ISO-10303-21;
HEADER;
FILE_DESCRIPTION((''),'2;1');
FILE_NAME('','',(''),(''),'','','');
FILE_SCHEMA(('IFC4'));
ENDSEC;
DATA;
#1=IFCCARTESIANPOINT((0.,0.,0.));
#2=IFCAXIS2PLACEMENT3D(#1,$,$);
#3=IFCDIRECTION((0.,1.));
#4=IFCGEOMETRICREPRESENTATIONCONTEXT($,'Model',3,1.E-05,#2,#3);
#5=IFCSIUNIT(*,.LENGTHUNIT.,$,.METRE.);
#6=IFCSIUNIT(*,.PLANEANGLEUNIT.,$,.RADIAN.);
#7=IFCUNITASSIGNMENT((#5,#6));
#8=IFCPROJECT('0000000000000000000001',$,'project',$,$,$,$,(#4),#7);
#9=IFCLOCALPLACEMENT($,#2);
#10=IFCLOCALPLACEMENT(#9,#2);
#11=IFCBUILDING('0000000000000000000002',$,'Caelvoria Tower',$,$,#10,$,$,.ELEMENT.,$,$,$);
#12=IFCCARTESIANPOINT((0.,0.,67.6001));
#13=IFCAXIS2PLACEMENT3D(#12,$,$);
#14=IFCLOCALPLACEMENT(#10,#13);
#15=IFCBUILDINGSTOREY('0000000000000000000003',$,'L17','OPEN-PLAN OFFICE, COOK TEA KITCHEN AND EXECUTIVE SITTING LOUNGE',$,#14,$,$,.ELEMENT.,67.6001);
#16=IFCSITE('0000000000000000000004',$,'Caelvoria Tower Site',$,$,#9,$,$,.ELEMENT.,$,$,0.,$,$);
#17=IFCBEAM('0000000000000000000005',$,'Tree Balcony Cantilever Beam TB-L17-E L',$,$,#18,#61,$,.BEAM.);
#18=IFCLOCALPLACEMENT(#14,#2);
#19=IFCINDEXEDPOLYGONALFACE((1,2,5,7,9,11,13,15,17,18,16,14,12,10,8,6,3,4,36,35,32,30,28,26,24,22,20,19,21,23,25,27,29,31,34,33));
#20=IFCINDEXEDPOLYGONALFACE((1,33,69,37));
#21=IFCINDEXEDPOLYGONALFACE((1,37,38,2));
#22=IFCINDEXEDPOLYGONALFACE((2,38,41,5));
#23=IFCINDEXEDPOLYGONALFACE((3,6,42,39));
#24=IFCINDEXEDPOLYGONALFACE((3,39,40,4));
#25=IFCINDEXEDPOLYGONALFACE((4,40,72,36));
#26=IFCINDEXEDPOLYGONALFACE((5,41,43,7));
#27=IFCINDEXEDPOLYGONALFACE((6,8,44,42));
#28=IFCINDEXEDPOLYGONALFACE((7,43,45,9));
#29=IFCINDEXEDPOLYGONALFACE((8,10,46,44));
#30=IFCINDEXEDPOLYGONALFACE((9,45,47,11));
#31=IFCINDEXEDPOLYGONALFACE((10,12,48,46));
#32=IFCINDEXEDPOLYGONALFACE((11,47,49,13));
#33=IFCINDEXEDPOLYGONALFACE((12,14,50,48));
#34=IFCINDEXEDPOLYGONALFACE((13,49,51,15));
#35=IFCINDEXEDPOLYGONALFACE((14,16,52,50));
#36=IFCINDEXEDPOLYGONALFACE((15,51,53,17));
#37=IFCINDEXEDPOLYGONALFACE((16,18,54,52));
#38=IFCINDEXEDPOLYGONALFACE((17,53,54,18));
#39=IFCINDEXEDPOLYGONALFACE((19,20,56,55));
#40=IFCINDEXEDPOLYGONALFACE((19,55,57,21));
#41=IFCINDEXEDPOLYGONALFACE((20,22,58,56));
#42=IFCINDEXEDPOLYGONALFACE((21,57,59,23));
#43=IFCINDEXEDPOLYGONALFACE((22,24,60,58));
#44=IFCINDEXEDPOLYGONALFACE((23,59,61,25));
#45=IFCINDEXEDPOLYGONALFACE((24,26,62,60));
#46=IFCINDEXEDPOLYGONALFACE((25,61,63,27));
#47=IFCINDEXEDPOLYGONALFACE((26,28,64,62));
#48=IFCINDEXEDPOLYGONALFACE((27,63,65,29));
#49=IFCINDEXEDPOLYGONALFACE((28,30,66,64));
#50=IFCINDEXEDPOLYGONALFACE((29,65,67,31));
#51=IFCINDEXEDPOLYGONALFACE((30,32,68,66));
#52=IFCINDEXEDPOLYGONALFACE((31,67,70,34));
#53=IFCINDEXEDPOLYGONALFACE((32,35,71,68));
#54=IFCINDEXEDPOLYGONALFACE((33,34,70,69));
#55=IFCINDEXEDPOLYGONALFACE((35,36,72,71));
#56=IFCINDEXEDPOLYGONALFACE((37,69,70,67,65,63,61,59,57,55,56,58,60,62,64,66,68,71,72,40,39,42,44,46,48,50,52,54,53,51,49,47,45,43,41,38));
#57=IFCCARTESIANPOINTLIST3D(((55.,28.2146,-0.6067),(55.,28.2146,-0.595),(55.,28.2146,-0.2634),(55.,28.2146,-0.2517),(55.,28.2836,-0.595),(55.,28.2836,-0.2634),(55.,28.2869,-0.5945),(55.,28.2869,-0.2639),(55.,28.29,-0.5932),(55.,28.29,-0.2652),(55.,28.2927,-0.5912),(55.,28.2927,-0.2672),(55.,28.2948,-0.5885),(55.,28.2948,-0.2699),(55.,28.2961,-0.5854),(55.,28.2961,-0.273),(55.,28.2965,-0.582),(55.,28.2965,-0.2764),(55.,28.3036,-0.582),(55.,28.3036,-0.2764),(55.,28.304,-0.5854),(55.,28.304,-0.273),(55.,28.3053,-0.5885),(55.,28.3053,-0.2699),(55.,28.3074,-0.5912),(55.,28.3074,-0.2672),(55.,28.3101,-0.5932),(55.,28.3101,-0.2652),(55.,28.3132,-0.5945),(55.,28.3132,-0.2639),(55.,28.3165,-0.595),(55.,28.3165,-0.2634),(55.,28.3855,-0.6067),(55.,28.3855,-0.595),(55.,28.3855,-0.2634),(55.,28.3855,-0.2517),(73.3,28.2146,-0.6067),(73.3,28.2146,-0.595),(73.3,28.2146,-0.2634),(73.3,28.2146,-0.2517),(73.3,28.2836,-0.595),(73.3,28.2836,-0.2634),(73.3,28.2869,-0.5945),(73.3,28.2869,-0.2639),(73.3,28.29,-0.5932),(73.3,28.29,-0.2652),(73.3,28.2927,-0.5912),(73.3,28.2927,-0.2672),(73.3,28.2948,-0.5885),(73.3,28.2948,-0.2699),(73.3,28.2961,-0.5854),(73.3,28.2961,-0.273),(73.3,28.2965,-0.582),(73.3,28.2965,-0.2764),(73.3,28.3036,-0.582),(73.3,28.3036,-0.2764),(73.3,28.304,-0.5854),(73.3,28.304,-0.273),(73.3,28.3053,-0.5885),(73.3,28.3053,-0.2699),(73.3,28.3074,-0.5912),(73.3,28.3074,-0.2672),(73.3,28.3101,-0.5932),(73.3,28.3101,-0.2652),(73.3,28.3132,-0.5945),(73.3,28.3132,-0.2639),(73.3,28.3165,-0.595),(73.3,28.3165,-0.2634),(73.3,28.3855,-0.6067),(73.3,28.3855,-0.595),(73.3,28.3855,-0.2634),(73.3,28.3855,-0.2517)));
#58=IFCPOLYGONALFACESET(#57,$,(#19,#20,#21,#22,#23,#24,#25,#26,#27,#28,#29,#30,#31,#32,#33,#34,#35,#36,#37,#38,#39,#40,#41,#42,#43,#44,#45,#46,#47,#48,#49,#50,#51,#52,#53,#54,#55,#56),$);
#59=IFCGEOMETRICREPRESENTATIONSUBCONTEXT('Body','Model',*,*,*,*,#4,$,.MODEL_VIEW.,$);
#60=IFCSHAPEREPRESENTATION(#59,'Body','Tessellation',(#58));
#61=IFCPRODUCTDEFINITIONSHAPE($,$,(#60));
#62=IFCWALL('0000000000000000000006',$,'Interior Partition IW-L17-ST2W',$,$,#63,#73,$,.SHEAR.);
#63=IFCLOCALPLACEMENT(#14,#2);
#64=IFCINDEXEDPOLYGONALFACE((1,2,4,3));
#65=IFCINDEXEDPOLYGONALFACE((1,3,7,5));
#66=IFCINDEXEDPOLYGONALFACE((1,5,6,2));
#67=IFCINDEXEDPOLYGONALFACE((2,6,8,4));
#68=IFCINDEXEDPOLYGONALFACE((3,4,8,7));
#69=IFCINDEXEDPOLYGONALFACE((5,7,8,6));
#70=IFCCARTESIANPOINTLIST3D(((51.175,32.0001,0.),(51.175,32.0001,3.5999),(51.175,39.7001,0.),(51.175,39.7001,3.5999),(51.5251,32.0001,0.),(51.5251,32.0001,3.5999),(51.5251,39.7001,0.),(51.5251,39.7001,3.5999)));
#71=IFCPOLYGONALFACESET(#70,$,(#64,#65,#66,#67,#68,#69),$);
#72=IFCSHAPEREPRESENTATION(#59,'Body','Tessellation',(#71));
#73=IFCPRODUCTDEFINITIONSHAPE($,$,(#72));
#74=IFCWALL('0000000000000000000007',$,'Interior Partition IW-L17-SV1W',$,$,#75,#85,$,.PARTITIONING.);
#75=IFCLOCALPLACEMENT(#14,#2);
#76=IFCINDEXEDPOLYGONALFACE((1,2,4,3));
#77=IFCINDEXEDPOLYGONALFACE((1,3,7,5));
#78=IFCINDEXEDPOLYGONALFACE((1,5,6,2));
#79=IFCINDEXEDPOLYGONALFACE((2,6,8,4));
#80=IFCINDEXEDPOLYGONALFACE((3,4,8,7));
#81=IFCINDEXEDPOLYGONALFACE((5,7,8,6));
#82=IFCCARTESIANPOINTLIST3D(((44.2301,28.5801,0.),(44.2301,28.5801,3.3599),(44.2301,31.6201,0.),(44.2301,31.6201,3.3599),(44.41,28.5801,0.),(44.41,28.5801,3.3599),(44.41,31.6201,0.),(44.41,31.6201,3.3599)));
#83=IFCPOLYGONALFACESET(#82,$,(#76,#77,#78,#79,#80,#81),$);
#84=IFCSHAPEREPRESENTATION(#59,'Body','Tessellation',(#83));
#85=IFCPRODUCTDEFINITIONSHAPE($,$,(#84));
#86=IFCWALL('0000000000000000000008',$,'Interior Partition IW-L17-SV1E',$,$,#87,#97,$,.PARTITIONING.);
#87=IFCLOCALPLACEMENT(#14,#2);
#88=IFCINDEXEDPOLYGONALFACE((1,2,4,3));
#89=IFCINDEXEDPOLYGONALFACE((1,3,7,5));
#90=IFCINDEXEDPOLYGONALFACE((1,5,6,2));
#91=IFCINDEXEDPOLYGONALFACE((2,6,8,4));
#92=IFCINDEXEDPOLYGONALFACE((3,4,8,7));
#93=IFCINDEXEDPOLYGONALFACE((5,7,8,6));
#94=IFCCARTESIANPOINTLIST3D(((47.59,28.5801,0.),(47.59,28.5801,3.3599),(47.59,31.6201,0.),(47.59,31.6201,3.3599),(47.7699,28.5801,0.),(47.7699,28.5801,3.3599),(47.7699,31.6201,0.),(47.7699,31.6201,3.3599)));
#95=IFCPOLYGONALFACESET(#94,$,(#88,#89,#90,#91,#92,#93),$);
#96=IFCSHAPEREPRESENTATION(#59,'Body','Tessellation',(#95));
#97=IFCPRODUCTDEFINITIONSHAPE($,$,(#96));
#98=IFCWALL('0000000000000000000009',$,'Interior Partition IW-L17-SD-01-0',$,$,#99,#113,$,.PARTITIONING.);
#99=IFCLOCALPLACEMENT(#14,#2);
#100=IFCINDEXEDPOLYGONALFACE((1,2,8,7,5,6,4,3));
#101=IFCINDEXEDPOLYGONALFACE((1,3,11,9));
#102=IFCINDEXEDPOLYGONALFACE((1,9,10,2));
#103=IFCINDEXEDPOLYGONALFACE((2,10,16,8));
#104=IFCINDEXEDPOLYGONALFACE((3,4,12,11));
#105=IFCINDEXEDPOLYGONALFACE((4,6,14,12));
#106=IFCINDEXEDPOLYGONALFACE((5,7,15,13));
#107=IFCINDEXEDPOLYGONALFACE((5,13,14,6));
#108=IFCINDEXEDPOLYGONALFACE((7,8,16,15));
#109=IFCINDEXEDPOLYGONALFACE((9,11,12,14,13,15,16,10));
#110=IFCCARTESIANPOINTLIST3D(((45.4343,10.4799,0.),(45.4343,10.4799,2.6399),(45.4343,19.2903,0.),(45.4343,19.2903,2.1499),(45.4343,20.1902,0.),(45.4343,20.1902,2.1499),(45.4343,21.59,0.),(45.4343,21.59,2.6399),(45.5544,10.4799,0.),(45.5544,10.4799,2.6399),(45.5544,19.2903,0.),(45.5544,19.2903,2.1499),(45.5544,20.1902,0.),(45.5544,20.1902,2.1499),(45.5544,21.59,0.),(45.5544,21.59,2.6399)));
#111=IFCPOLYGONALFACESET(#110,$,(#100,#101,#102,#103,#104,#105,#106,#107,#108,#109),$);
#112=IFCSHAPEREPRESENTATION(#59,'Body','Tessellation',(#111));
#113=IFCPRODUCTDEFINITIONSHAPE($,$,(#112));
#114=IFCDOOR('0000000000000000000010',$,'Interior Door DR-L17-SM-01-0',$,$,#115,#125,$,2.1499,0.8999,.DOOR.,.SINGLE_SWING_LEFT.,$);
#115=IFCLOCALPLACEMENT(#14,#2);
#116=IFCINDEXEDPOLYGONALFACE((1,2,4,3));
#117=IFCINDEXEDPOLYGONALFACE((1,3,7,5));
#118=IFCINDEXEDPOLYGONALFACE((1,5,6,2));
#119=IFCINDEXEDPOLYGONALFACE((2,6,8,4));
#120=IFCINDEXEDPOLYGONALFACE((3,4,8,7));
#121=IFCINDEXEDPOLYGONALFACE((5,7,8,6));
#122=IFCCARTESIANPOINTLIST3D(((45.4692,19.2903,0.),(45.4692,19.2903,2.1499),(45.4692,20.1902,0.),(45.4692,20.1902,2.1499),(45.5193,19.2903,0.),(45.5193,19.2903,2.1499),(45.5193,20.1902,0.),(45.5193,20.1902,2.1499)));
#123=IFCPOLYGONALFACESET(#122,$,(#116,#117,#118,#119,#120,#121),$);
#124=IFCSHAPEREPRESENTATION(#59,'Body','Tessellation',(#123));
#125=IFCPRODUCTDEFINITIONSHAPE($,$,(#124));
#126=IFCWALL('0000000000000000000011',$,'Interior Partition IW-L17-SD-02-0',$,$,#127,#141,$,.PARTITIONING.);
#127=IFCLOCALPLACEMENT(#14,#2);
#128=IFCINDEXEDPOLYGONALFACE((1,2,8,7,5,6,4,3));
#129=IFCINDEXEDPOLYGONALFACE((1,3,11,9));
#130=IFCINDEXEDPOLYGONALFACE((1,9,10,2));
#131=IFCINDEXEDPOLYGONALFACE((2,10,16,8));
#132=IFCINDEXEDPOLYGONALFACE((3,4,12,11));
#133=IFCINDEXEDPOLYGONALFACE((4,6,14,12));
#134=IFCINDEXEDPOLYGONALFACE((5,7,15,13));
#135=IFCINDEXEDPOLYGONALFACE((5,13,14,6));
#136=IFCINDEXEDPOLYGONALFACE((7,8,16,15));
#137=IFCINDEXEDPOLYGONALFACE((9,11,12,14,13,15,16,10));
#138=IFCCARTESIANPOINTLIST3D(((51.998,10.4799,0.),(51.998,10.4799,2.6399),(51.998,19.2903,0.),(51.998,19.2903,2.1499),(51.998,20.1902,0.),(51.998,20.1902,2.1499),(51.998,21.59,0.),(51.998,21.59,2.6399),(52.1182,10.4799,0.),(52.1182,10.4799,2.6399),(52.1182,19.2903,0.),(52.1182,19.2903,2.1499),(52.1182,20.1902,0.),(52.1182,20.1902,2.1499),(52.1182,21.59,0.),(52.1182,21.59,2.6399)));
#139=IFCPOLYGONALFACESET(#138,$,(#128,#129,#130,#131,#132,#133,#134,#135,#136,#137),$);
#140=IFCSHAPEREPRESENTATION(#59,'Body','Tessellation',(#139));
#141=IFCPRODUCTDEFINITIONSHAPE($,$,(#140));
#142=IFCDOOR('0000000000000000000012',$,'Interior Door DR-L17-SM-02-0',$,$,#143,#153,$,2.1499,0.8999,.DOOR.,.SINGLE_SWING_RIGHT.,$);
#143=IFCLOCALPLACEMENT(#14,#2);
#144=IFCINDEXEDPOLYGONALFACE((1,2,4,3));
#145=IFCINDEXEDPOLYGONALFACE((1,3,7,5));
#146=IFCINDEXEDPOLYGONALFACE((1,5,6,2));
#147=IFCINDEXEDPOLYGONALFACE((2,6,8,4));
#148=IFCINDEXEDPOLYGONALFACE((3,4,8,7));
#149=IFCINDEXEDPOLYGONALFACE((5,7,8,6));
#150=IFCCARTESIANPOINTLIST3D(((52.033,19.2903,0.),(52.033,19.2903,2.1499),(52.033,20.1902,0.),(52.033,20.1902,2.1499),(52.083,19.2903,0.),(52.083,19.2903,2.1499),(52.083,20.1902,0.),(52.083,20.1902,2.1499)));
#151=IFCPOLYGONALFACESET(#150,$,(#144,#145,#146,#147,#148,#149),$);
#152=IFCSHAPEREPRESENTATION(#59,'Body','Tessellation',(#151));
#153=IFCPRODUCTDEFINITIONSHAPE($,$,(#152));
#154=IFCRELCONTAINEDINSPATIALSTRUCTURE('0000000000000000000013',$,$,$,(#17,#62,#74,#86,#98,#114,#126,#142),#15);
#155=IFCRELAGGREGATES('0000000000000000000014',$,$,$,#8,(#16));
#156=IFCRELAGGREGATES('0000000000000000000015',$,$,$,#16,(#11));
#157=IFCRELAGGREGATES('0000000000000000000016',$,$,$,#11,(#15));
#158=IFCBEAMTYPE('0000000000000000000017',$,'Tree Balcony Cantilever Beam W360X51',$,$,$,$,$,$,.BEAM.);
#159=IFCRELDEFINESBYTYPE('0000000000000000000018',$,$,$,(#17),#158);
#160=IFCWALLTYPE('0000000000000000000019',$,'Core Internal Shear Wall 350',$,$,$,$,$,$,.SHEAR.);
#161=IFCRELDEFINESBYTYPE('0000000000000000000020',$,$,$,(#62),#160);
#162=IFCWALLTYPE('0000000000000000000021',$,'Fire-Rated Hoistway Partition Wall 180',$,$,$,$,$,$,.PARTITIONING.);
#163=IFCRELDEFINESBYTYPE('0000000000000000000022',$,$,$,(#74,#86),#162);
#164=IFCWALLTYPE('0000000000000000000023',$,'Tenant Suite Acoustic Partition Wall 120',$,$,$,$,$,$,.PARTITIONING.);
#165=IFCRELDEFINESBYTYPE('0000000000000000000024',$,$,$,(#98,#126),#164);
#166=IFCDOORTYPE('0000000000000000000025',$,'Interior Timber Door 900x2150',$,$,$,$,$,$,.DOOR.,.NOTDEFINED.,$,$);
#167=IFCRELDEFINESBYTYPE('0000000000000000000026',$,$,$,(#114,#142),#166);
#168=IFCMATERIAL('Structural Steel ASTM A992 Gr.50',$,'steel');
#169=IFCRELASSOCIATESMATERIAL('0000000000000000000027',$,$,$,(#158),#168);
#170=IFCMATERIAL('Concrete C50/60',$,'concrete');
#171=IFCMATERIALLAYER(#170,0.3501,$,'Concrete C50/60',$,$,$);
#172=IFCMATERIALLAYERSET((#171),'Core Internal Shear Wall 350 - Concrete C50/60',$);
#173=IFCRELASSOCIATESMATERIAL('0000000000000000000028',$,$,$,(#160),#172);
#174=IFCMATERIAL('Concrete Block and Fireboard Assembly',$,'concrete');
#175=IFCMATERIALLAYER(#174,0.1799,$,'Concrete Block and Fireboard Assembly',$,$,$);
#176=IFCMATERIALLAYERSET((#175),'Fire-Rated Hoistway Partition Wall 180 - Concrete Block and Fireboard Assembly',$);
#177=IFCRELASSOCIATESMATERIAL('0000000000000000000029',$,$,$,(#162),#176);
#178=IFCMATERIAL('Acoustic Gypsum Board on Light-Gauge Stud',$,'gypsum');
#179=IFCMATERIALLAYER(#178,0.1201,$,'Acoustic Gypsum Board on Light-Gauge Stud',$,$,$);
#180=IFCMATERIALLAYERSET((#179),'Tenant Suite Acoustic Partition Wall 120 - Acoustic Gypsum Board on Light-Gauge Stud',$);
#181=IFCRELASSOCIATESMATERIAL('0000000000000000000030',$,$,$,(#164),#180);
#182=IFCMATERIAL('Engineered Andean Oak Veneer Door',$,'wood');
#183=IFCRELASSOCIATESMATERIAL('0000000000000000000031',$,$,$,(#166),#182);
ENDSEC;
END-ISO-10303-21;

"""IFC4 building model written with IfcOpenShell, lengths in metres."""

from ifc_helpers import new_model, si_unit, direction, frame, frame_2d, origin, origin_2d, place, context, subcontext, project, spatial, rectangle, i_section, extrude, material, layer, layer_set, material_profile, profile_set, type_object, element, fill, save


model = new_model("IFC4")

# Units and contexts
model_context = context("Model", 3, precision=1e-05, world=origin(), true_north=direction((0.0, 1.0)))
body_context = subcontext(model_context, "Body", "Model", "MODEL_VIEW")
ifc_project = project(units=[si_unit("LENGTHUNIT", "METRE"), si_unit("PLANEANGLEUNIT", "RADIAN")], contexts=[model_context])

# Site, building, storey
site_placement = place(None, origin())
site = spatial("IfcSite", under=ifc_project, at=site_placement, Name="Caelvoria Tower Site", CompositionType="ELEMENT", RefElevation=0.0)
building_placement = place(site_placement, origin())
building = spatial("IfcBuilding", under=site, at=building_placement, Name="Caelvoria Tower", CompositionType="ELEMENT")
storey_placement = place(building_placement, frame((0.0, 0.0, 67.6001)))
storey = spatial("IfcBuildingStorey", under=building, at=storey_placement, Name="L17", Description="OPEN-PLAN OFFICE, COOK TEA KITCHEN AND EXECUTIVE SITTING LOUNGE", CompositionType="ELEMENT", Elevation=67.6001)

# Beam
ifc_material_1 = material(Name="Structural Steel ASTM A992 Gr.50", Category="steel")
ifc_material_profile_1 = material_profile(ifc_material_1, i_section(OverallWidth=0.1709, OverallDepth=0.355, WebThickness=0.0071, FlangeThickness=0.0117, FilletRadius=0.0129, at=origin_2d()), Name="Structural Steel ASTM A992 Gr.50")
ifc_profile_set_1 = profile_set([ifc_material_profile_1], Name="W360X51 - Structural Steel ASTM A992 Gr.50")
beam_type_1 = type_object("IfcBeamType", Name="Tree Balcony Cantilever Beam W360X51", PredefinedType="BEAM", material=ifc_profile_set_1)
beam_1_placement = place(storey_placement, frame((55.0, 28.3, -0.4292), z_axis=(1.0, 0.0, 0.0), x_axis=(0.0, 1.0, 0.0)))
element("IfcBeam", 1, at=beam_1_placement, inside=storey, type_object=beam_type_1, Name="Tree Balcony Cantilever Beam TB-L17-E L", PredefinedType="BEAM", context=body_context, shape_type="SweptSolid", body=[
    extrude(i_section(OverallWidth=0.1709, OverallDepth=0.355, WebThickness=0.0071, FlangeThickness=0.0117, FilletRadius=0.0129, at=origin_2d()), origin(), (0.0, 0.0, 1.0), 18.3),
])

# Walls
ifc_material_2 = material(Name="Concrete C50/60", Category="concrete")
ifc_layer_1 = layer(ifc_material_2, 0.3501, Name="Concrete C50/60")
ifc_layer_set_1 = layer_set([ifc_layer_1], Name="Core Internal Shear Wall 350 - Concrete C50/60")
wall_type_1 = type_object("IfcWallType", Name="Core Internal Shear Wall 350", PredefinedType="SHEAR", material=ifc_layer_set_1)
wall_1_placement = place(storey_placement, frame((51.3501, 32.0, 0.0), z_axis=(0.0, 0.0, 1.0), x_axis=(0.0, 1.0, 0.0)))
element("IfcWall", 2, at=wall_1_placement, inside=storey, type_object=wall_type_1, Name="Interior Partition IW-L17-ST2W", PredefinedType="SHEAR", context=body_context, shape_type="SweptSolid", body=[
    extrude(rectangle(XDim=7.7, YDim=0.3501, at=frame_2d((3.8501, 0.0))), origin(), (0.0, 0.0, 1.0), 3.5999),
])
ifc_material_3 = material(Name="Concrete Block and Fireboard Assembly", Category="concrete")
ifc_layer_2 = layer(ifc_material_3, 0.1799, Name="Concrete Block and Fireboard Assembly")
ifc_layer_set_2 = layer_set([ifc_layer_2], Name="Fire-Rated Hoistway Partition Wall 180 - Concrete Block and Fireboard Assembly")
wall_type_2 = type_object("IfcWallType", Name="Fire-Rated Hoistway Partition Wall 180", PredefinedType="PARTITIONING", material=ifc_layer_set_2)
for number, where, z_axis, x_axis, name in (
    (3, (44.3201, 28.5801, 0.0), (0.0, 0.0, 1.0), (0.0, 1.0, 0.0), "Interior Partition IW-L17-SV1W"),
    (4, (47.6799, 28.5801, 0.0), (0.0, 0.0, 1.0), (0.0, 1.0, 0.0), "Interior Partition IW-L17-SV1E"),
):
    element("IfcWall", number, at=place(storey_placement, frame(where, z_axis=z_axis, x_axis=x_axis)), inside=storey, type_object=wall_type_2, Name=name, PredefinedType="PARTITIONING", context=body_context, shape_type="SweptSolid", body=[
        extrude(rectangle(XDim=3.04, YDim=0.1799, at=frame_2d((1.52, 0.0))), origin(), (0.0, 0.0, 1.0), 3.3599),
    ])

# Walls, openings, doors
ifc_material_4 = material(Name="Acoustic Gypsum Board on Light-Gauge Stud", Category="gypsum")
ifc_layer_3 = layer(ifc_material_4, 0.1201, Name="Acoustic Gypsum Board on Light-Gauge Stud")
ifc_layer_set_3 = layer_set([ifc_layer_3], Name="Tenant Suite Acoustic Partition Wall 120 - Acoustic Gypsum Board on Light-Gauge Stud")
wall_type_3 = type_object("IfcWallType", Name="Tenant Suite Acoustic Partition Wall 120", PredefinedType="PARTITIONING", material=ifc_layer_set_3)
wall_2_placement = place(storey_placement, frame((45.4944, 21.5901, 0.0), z_axis=(0.0, 0.0, 1.0), x_axis=(0.0, -1.0, 0.0)))
wall_2 = element("IfcWall", 5, at=wall_2_placement, inside=storey, type_object=wall_type_3, Name="Interior Partition IW-L17-SD-01-0", PredefinedType="PARTITIONING", context=body_context, shape_type="SweptSolid", body=[
    extrude(rectangle(XDim=11.1101, YDim=0.1201, at=frame_2d((5.5552, 0.0))), origin(), (0.0, 0.0, 1.0), 2.6399),
])
opening_1_placement = place(wall_2_placement, frame((1.3999, 0.0, 0.0)))
opening_1 = element("IfcOpeningElement", 6, at=opening_1_placement, cuts=wall_2, PredefinedType="OPENING", context=body_context, shape_type="SweptSolid", body=[
    extrude(rectangle(XDim=0.8999, YDim=2.1499, at=frame_2d((0.45, 1.075))), frame((0.0, 0.0701, 0.0), z_axis=(0.0, -1.0, 0.0), x_axis=(1.0, 0.0, 0.0)), (0.0, 0.0, 1.0), 0.1401),
])
ifc_material_5 = material(Name="Engineered Andean Oak Veneer Door", Category="wood")
door_type_1 = type_object("IfcDoorType", Name="Interior Timber Door 900x2150", OperationType="NOTDEFINED", PredefinedType="DOOR", material=ifc_material_5)
door_1_placement = place(opening_1_placement, origin())
door_1 = element("IfcDoor", 7, at=door_1_placement, inside=storey, type_object=door_type_1, Name="Interior Door DR-L17-SM-01-0", OperationType="SINGLE_SWING_LEFT", OverallHeight=2.1499, OverallWidth=0.8999, PredefinedType="DOOR", context=body_context, shape_type="SweptSolid", body=[
    extrude(rectangle(XDim=0.8999, YDim=2.1499, at=frame_2d((0.45, 1.075))), frame((0.0, 0.0249, 0.0), z_axis=(0.0, -1.0, 0.0), x_axis=(1.0, 0.0, 0.0)), (0.0, 0.0, 1.0), 0.05),
])
fill(opening_1, door_1)
wall_3_placement = place(storey_placement, frame((52.0581, 21.5901, 0.0), z_axis=(0.0, 0.0, 1.0), x_axis=(0.0, -1.0, 0.0)))
wall_3 = element("IfcWall", 8, at=wall_3_placement, inside=storey, type_object=wall_type_3, Name="Interior Partition IW-L17-SD-02-0", PredefinedType="PARTITIONING", context=body_context, shape_type="SweptSolid", body=[
    extrude(rectangle(XDim=11.1101, YDim=0.1201, at=frame_2d((5.5552, 0.0))), origin(), (0.0, 0.0, 1.0), 2.6399),
])
opening_2_placement = place(wall_3_placement, frame((1.3999, 0.0, 0.0)))
opening_2 = element("IfcOpeningElement", 9, at=opening_2_placement, cuts=wall_3, PredefinedType="OPENING", context=body_context, shape_type="SweptSolid", body=[
    extrude(rectangle(XDim=0.8999, YDim=2.1499, at=frame_2d((0.45, 1.075))), frame((0.0, 0.0701, 0.0), z_axis=(0.0, -1.0, 0.0), x_axis=(1.0, 0.0, 0.0)), (0.0, 0.0, 1.0), 0.1401),
])
door_2_placement = place(opening_2_placement, origin())
door_2 = element("IfcDoor", 10, at=door_2_placement, inside=storey, type_object=door_type_1, Name="Interior Door DR-L17-SM-02-0", OperationType="SINGLE_SWING_RIGHT", OverallHeight=2.1499, OverallWidth=0.8999, PredefinedType="DOOR", context=body_context, shape_type="SweptSolid", body=[
    extrude(rectangle(XDim=0.8999, YDim=2.1499, at=frame_2d((0.45, 1.075))), frame((0.0, 0.0249, 0.0), z_axis=(0.0, -1.0, 0.0), x_axis=(1.0, 0.0, 0.0)), (0.0, 0.0, 1.0), 0.05),
])
fill(opening_2, door_2)

save(model, "model.ifc")
